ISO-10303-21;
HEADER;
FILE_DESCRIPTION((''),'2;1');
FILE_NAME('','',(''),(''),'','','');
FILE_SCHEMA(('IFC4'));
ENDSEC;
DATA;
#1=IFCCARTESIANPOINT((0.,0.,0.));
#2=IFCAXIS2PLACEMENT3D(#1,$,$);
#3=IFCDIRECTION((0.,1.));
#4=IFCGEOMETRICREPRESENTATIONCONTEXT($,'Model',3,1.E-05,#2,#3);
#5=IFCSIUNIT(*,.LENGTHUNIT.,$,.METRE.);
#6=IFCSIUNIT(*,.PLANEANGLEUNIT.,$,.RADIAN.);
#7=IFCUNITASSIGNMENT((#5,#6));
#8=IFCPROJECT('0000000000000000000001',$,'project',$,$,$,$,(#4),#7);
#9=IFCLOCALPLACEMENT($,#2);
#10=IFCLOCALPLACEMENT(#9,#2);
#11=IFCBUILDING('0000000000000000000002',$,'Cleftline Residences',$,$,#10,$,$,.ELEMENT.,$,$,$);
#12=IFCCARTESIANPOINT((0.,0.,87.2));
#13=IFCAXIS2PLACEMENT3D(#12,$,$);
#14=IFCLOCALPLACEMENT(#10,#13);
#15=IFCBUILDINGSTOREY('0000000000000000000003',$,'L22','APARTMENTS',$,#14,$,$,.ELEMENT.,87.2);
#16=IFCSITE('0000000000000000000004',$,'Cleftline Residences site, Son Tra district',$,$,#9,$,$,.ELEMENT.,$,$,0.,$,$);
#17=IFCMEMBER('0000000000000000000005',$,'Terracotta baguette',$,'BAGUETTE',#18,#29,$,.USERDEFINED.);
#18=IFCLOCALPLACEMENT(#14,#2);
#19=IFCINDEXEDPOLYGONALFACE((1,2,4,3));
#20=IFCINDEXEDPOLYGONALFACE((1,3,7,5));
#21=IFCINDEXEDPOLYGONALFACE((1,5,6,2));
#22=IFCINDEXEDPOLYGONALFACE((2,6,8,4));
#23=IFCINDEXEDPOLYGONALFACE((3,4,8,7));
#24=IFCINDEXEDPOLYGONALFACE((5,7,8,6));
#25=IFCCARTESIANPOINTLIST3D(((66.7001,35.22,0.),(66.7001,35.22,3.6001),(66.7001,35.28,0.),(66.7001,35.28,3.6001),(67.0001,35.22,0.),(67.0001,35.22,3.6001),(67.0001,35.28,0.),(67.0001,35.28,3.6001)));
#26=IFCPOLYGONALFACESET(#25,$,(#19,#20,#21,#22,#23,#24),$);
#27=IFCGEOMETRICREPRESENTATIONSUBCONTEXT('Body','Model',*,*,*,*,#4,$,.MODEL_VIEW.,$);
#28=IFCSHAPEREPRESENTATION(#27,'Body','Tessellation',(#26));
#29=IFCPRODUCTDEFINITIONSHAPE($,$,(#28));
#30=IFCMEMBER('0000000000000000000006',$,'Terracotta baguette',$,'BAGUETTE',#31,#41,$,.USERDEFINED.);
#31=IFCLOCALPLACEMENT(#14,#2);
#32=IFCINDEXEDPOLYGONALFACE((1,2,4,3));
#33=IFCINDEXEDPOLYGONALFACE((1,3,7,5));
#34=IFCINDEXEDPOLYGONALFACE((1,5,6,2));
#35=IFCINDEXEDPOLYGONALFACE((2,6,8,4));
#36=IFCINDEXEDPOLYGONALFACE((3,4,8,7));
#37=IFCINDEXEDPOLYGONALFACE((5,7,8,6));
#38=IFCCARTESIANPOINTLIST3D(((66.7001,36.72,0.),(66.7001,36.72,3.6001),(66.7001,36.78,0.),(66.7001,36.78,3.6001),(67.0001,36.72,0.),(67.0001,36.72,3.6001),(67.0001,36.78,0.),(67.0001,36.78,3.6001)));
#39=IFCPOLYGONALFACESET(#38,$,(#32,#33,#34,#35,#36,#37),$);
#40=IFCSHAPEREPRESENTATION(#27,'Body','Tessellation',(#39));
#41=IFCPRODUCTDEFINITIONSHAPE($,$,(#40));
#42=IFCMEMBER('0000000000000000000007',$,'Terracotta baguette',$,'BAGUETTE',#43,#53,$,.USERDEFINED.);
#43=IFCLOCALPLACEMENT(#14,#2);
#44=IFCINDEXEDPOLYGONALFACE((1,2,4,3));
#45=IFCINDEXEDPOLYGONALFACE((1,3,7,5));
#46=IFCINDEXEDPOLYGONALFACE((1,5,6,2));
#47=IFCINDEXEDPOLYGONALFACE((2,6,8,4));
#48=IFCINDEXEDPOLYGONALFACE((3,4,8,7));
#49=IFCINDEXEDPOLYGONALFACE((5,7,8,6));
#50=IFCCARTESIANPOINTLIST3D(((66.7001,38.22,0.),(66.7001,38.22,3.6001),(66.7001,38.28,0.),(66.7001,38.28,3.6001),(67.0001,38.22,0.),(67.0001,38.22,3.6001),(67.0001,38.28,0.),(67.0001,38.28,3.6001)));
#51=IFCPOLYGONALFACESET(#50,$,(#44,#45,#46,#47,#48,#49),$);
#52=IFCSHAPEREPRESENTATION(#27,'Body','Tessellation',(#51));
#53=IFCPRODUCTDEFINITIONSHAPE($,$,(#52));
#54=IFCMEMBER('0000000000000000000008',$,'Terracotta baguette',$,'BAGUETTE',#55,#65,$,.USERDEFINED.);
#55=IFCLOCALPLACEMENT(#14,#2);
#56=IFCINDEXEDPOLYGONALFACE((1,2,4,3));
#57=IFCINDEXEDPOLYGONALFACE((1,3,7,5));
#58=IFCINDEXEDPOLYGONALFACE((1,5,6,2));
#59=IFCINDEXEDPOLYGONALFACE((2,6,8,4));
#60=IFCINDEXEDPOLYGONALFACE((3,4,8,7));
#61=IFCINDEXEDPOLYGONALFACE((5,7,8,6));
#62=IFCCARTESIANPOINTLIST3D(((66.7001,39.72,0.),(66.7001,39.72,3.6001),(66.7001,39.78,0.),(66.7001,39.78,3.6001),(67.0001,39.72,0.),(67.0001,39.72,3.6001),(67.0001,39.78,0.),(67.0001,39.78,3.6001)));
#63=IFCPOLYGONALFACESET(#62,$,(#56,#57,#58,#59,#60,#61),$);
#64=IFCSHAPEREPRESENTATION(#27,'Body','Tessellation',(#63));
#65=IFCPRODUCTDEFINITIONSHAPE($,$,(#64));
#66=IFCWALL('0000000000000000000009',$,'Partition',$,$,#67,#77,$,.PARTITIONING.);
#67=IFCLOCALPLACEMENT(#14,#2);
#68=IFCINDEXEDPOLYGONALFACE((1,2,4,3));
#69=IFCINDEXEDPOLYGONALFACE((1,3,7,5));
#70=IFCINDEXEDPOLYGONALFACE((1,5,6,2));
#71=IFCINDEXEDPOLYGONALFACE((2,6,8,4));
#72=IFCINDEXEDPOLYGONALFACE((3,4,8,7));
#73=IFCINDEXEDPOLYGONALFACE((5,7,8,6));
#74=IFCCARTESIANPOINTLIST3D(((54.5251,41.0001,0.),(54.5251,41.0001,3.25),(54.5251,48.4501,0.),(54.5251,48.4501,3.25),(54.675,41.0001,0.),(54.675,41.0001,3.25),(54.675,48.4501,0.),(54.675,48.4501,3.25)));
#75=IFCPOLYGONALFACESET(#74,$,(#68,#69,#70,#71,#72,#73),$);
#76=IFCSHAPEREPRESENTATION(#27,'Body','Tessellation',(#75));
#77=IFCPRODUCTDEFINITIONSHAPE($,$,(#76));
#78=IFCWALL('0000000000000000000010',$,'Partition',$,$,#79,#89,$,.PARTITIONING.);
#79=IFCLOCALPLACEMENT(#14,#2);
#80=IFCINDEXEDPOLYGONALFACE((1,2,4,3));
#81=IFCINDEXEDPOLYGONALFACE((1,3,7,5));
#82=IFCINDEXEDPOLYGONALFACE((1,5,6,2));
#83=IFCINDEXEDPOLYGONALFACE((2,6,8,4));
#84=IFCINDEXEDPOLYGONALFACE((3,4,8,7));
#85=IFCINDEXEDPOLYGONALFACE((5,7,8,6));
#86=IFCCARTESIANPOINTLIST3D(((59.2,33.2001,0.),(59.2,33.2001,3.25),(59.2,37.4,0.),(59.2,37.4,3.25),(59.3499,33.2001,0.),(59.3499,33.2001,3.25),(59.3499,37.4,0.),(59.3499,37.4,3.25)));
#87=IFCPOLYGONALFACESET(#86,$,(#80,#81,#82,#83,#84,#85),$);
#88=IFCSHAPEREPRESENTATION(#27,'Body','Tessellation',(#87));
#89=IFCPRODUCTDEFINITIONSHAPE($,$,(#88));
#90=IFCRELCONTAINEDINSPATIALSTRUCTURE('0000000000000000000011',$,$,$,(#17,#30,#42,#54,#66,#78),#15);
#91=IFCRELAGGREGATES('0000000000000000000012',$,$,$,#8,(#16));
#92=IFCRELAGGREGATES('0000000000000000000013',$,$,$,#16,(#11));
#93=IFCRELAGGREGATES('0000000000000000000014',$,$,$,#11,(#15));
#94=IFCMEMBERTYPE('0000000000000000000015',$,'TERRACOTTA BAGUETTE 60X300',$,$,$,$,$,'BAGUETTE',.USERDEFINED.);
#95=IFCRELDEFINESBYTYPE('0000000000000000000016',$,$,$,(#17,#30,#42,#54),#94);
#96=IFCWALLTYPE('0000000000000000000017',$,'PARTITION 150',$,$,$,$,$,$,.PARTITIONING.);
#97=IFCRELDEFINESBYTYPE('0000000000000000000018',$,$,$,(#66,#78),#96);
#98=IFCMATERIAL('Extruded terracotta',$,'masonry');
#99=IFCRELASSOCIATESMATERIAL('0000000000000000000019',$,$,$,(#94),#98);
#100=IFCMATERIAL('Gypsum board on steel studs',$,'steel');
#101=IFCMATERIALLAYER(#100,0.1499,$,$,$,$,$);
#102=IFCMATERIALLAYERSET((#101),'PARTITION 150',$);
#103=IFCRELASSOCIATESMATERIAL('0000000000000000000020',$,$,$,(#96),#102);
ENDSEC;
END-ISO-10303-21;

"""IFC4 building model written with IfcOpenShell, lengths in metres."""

from ifc_helpers import new_model, si_unit, direction, frame, frame_2d, origin, origin_2d, place, context, subcontext, project, spatial, rectangle, extrude, material, layer, layer_set, material_profile, profile_set, type_object, element, save


model = new_model("IFC4")

# Units and contexts
model_context = context("Model", 3, precision=1e-05, world=origin(), true_north=direction((0.0, 1.0)))
body_context = subcontext(model_context, "Body", "Model", "MODEL_VIEW")
ifc_project = project(units=[si_unit("LENGTHUNIT", "METRE"), si_unit("PLANEANGLEUNIT", "RADIAN")], contexts=[model_context])

# Site, building, storey
site_placement = place(None, origin())
site = spatial("IfcSite", under=ifc_project, at=site_placement, Name="Cleftline Residences site, Son Tra district", CompositionType="ELEMENT", RefElevation=0.0)
building_placement = place(site_placement, origin())
building = spatial("IfcBuilding", under=site, at=building_placement, Name="Cleftline Residences", CompositionType="ELEMENT")
storey_placement = place(building_placement, frame((0.0, 0.0, 87.2)))
storey = spatial("IfcBuildingStorey", under=building, at=storey_placement, Name="L22", Description="APARTMENTS", CompositionType="ELEMENT", Elevation=87.2)

# Members
ifc_material_1 = material(Name="Extruded terracotta", Category="masonry")
ifc_material_profile_1 = material_profile(ifc_material_1, rectangle(XDim=0.0601, YDim=0.3, at=origin_2d()))
ifc_profile_set_1 = profile_set([ifc_material_profile_1], Name="Extruded terracotta")
member_type_1 = type_object("IfcMemberType", Name="TERRACOTTA BAGUETTE 60X300", ElementType="BAGUETTE", PredefinedType="USERDEFINED", material=ifc_profile_set_1)
for number, where, z_axis, x_axis, name in (
    (1, (66.8501, 35.25, 0.0), (0.0, 0.0, 1.0), (0.0, 1.0, 0.0), "Terracotta baguette"),
    (2, (66.8501, 36.75, 0.0), (0.0, 0.0, 1.0), (0.0, 1.0, 0.0), "Terracotta baguette"),
    (3, (66.8501, 38.25, 0.0), (0.0, 0.0, 1.0), (0.0, 1.0, 0.0), "Terracotta baguette"),
    (4, (66.8501, 39.75, 0.0), (0.0, 0.0, 1.0), (0.0, 1.0, 0.0), "Terracotta baguette"),
):
    element("IfcMember", number, at=place(storey_placement, frame(where, z_axis=z_axis, x_axis=x_axis)), inside=storey, type_object=member_type_1, Name=name, ObjectType="BAGUETTE", PredefinedType="USERDEFINED", context=body_context, shape_type="SweptSolid", body=[
        extrude(rectangle(XDim=0.0601, YDim=0.3, at=origin_2d()), origin(), (0.0, 0.0, 1.0), 3.6001),
    ])

# Walls
ifc_material_2 = material(Name="Gypsum board on steel studs", Category="steel")
ifc_layer = layer(ifc_material_2, 0.1499)
ifc_layer_set = layer_set([ifc_layer], Name="PARTITION 150")
wall_type = type_object("IfcWallType", Name="PARTITION 150", PredefinedType="PARTITIONING", material=ifc_layer_set)
wall_1_placement = place(storey_placement, frame((54.6001, 41.0, 0.0), z_axis=(0.0, 0.0, 1.0), x_axis=(0.0, 1.0, 0.0)))
element("IfcWall", 5, at=wall_1_placement, inside=storey, type_object=wall_type, Name="Partition", PredefinedType="PARTITIONING", context=body_context, shape_type="SweptSolid", body=[
    extrude(rectangle(XDim=7.45, YDim=0.1499, at=frame_2d((3.7251, 0.0))), origin(), (0.0, 0.0, 1.0), 3.25),
])
wall_2_placement = place(storey_placement, frame((59.2749, 33.2, 0.0), z_axis=(0.0, 0.0, 1.0), x_axis=(0.0, 1.0, 0.0)))
element("IfcWall", 6, at=wall_2_placement, inside=storey, type_object=wall_type, Name="Partition", PredefinedType="PARTITIONING", context=body_context, shape_type="SweptSolid", body=[
    extrude(rectangle(XDim=4.2, YDim=0.1499, at=frame_2d((2.1001, 0.0))), origin(), (0.0, 0.0, 1.0), 3.25),
])

save(model, "model.ifc")
